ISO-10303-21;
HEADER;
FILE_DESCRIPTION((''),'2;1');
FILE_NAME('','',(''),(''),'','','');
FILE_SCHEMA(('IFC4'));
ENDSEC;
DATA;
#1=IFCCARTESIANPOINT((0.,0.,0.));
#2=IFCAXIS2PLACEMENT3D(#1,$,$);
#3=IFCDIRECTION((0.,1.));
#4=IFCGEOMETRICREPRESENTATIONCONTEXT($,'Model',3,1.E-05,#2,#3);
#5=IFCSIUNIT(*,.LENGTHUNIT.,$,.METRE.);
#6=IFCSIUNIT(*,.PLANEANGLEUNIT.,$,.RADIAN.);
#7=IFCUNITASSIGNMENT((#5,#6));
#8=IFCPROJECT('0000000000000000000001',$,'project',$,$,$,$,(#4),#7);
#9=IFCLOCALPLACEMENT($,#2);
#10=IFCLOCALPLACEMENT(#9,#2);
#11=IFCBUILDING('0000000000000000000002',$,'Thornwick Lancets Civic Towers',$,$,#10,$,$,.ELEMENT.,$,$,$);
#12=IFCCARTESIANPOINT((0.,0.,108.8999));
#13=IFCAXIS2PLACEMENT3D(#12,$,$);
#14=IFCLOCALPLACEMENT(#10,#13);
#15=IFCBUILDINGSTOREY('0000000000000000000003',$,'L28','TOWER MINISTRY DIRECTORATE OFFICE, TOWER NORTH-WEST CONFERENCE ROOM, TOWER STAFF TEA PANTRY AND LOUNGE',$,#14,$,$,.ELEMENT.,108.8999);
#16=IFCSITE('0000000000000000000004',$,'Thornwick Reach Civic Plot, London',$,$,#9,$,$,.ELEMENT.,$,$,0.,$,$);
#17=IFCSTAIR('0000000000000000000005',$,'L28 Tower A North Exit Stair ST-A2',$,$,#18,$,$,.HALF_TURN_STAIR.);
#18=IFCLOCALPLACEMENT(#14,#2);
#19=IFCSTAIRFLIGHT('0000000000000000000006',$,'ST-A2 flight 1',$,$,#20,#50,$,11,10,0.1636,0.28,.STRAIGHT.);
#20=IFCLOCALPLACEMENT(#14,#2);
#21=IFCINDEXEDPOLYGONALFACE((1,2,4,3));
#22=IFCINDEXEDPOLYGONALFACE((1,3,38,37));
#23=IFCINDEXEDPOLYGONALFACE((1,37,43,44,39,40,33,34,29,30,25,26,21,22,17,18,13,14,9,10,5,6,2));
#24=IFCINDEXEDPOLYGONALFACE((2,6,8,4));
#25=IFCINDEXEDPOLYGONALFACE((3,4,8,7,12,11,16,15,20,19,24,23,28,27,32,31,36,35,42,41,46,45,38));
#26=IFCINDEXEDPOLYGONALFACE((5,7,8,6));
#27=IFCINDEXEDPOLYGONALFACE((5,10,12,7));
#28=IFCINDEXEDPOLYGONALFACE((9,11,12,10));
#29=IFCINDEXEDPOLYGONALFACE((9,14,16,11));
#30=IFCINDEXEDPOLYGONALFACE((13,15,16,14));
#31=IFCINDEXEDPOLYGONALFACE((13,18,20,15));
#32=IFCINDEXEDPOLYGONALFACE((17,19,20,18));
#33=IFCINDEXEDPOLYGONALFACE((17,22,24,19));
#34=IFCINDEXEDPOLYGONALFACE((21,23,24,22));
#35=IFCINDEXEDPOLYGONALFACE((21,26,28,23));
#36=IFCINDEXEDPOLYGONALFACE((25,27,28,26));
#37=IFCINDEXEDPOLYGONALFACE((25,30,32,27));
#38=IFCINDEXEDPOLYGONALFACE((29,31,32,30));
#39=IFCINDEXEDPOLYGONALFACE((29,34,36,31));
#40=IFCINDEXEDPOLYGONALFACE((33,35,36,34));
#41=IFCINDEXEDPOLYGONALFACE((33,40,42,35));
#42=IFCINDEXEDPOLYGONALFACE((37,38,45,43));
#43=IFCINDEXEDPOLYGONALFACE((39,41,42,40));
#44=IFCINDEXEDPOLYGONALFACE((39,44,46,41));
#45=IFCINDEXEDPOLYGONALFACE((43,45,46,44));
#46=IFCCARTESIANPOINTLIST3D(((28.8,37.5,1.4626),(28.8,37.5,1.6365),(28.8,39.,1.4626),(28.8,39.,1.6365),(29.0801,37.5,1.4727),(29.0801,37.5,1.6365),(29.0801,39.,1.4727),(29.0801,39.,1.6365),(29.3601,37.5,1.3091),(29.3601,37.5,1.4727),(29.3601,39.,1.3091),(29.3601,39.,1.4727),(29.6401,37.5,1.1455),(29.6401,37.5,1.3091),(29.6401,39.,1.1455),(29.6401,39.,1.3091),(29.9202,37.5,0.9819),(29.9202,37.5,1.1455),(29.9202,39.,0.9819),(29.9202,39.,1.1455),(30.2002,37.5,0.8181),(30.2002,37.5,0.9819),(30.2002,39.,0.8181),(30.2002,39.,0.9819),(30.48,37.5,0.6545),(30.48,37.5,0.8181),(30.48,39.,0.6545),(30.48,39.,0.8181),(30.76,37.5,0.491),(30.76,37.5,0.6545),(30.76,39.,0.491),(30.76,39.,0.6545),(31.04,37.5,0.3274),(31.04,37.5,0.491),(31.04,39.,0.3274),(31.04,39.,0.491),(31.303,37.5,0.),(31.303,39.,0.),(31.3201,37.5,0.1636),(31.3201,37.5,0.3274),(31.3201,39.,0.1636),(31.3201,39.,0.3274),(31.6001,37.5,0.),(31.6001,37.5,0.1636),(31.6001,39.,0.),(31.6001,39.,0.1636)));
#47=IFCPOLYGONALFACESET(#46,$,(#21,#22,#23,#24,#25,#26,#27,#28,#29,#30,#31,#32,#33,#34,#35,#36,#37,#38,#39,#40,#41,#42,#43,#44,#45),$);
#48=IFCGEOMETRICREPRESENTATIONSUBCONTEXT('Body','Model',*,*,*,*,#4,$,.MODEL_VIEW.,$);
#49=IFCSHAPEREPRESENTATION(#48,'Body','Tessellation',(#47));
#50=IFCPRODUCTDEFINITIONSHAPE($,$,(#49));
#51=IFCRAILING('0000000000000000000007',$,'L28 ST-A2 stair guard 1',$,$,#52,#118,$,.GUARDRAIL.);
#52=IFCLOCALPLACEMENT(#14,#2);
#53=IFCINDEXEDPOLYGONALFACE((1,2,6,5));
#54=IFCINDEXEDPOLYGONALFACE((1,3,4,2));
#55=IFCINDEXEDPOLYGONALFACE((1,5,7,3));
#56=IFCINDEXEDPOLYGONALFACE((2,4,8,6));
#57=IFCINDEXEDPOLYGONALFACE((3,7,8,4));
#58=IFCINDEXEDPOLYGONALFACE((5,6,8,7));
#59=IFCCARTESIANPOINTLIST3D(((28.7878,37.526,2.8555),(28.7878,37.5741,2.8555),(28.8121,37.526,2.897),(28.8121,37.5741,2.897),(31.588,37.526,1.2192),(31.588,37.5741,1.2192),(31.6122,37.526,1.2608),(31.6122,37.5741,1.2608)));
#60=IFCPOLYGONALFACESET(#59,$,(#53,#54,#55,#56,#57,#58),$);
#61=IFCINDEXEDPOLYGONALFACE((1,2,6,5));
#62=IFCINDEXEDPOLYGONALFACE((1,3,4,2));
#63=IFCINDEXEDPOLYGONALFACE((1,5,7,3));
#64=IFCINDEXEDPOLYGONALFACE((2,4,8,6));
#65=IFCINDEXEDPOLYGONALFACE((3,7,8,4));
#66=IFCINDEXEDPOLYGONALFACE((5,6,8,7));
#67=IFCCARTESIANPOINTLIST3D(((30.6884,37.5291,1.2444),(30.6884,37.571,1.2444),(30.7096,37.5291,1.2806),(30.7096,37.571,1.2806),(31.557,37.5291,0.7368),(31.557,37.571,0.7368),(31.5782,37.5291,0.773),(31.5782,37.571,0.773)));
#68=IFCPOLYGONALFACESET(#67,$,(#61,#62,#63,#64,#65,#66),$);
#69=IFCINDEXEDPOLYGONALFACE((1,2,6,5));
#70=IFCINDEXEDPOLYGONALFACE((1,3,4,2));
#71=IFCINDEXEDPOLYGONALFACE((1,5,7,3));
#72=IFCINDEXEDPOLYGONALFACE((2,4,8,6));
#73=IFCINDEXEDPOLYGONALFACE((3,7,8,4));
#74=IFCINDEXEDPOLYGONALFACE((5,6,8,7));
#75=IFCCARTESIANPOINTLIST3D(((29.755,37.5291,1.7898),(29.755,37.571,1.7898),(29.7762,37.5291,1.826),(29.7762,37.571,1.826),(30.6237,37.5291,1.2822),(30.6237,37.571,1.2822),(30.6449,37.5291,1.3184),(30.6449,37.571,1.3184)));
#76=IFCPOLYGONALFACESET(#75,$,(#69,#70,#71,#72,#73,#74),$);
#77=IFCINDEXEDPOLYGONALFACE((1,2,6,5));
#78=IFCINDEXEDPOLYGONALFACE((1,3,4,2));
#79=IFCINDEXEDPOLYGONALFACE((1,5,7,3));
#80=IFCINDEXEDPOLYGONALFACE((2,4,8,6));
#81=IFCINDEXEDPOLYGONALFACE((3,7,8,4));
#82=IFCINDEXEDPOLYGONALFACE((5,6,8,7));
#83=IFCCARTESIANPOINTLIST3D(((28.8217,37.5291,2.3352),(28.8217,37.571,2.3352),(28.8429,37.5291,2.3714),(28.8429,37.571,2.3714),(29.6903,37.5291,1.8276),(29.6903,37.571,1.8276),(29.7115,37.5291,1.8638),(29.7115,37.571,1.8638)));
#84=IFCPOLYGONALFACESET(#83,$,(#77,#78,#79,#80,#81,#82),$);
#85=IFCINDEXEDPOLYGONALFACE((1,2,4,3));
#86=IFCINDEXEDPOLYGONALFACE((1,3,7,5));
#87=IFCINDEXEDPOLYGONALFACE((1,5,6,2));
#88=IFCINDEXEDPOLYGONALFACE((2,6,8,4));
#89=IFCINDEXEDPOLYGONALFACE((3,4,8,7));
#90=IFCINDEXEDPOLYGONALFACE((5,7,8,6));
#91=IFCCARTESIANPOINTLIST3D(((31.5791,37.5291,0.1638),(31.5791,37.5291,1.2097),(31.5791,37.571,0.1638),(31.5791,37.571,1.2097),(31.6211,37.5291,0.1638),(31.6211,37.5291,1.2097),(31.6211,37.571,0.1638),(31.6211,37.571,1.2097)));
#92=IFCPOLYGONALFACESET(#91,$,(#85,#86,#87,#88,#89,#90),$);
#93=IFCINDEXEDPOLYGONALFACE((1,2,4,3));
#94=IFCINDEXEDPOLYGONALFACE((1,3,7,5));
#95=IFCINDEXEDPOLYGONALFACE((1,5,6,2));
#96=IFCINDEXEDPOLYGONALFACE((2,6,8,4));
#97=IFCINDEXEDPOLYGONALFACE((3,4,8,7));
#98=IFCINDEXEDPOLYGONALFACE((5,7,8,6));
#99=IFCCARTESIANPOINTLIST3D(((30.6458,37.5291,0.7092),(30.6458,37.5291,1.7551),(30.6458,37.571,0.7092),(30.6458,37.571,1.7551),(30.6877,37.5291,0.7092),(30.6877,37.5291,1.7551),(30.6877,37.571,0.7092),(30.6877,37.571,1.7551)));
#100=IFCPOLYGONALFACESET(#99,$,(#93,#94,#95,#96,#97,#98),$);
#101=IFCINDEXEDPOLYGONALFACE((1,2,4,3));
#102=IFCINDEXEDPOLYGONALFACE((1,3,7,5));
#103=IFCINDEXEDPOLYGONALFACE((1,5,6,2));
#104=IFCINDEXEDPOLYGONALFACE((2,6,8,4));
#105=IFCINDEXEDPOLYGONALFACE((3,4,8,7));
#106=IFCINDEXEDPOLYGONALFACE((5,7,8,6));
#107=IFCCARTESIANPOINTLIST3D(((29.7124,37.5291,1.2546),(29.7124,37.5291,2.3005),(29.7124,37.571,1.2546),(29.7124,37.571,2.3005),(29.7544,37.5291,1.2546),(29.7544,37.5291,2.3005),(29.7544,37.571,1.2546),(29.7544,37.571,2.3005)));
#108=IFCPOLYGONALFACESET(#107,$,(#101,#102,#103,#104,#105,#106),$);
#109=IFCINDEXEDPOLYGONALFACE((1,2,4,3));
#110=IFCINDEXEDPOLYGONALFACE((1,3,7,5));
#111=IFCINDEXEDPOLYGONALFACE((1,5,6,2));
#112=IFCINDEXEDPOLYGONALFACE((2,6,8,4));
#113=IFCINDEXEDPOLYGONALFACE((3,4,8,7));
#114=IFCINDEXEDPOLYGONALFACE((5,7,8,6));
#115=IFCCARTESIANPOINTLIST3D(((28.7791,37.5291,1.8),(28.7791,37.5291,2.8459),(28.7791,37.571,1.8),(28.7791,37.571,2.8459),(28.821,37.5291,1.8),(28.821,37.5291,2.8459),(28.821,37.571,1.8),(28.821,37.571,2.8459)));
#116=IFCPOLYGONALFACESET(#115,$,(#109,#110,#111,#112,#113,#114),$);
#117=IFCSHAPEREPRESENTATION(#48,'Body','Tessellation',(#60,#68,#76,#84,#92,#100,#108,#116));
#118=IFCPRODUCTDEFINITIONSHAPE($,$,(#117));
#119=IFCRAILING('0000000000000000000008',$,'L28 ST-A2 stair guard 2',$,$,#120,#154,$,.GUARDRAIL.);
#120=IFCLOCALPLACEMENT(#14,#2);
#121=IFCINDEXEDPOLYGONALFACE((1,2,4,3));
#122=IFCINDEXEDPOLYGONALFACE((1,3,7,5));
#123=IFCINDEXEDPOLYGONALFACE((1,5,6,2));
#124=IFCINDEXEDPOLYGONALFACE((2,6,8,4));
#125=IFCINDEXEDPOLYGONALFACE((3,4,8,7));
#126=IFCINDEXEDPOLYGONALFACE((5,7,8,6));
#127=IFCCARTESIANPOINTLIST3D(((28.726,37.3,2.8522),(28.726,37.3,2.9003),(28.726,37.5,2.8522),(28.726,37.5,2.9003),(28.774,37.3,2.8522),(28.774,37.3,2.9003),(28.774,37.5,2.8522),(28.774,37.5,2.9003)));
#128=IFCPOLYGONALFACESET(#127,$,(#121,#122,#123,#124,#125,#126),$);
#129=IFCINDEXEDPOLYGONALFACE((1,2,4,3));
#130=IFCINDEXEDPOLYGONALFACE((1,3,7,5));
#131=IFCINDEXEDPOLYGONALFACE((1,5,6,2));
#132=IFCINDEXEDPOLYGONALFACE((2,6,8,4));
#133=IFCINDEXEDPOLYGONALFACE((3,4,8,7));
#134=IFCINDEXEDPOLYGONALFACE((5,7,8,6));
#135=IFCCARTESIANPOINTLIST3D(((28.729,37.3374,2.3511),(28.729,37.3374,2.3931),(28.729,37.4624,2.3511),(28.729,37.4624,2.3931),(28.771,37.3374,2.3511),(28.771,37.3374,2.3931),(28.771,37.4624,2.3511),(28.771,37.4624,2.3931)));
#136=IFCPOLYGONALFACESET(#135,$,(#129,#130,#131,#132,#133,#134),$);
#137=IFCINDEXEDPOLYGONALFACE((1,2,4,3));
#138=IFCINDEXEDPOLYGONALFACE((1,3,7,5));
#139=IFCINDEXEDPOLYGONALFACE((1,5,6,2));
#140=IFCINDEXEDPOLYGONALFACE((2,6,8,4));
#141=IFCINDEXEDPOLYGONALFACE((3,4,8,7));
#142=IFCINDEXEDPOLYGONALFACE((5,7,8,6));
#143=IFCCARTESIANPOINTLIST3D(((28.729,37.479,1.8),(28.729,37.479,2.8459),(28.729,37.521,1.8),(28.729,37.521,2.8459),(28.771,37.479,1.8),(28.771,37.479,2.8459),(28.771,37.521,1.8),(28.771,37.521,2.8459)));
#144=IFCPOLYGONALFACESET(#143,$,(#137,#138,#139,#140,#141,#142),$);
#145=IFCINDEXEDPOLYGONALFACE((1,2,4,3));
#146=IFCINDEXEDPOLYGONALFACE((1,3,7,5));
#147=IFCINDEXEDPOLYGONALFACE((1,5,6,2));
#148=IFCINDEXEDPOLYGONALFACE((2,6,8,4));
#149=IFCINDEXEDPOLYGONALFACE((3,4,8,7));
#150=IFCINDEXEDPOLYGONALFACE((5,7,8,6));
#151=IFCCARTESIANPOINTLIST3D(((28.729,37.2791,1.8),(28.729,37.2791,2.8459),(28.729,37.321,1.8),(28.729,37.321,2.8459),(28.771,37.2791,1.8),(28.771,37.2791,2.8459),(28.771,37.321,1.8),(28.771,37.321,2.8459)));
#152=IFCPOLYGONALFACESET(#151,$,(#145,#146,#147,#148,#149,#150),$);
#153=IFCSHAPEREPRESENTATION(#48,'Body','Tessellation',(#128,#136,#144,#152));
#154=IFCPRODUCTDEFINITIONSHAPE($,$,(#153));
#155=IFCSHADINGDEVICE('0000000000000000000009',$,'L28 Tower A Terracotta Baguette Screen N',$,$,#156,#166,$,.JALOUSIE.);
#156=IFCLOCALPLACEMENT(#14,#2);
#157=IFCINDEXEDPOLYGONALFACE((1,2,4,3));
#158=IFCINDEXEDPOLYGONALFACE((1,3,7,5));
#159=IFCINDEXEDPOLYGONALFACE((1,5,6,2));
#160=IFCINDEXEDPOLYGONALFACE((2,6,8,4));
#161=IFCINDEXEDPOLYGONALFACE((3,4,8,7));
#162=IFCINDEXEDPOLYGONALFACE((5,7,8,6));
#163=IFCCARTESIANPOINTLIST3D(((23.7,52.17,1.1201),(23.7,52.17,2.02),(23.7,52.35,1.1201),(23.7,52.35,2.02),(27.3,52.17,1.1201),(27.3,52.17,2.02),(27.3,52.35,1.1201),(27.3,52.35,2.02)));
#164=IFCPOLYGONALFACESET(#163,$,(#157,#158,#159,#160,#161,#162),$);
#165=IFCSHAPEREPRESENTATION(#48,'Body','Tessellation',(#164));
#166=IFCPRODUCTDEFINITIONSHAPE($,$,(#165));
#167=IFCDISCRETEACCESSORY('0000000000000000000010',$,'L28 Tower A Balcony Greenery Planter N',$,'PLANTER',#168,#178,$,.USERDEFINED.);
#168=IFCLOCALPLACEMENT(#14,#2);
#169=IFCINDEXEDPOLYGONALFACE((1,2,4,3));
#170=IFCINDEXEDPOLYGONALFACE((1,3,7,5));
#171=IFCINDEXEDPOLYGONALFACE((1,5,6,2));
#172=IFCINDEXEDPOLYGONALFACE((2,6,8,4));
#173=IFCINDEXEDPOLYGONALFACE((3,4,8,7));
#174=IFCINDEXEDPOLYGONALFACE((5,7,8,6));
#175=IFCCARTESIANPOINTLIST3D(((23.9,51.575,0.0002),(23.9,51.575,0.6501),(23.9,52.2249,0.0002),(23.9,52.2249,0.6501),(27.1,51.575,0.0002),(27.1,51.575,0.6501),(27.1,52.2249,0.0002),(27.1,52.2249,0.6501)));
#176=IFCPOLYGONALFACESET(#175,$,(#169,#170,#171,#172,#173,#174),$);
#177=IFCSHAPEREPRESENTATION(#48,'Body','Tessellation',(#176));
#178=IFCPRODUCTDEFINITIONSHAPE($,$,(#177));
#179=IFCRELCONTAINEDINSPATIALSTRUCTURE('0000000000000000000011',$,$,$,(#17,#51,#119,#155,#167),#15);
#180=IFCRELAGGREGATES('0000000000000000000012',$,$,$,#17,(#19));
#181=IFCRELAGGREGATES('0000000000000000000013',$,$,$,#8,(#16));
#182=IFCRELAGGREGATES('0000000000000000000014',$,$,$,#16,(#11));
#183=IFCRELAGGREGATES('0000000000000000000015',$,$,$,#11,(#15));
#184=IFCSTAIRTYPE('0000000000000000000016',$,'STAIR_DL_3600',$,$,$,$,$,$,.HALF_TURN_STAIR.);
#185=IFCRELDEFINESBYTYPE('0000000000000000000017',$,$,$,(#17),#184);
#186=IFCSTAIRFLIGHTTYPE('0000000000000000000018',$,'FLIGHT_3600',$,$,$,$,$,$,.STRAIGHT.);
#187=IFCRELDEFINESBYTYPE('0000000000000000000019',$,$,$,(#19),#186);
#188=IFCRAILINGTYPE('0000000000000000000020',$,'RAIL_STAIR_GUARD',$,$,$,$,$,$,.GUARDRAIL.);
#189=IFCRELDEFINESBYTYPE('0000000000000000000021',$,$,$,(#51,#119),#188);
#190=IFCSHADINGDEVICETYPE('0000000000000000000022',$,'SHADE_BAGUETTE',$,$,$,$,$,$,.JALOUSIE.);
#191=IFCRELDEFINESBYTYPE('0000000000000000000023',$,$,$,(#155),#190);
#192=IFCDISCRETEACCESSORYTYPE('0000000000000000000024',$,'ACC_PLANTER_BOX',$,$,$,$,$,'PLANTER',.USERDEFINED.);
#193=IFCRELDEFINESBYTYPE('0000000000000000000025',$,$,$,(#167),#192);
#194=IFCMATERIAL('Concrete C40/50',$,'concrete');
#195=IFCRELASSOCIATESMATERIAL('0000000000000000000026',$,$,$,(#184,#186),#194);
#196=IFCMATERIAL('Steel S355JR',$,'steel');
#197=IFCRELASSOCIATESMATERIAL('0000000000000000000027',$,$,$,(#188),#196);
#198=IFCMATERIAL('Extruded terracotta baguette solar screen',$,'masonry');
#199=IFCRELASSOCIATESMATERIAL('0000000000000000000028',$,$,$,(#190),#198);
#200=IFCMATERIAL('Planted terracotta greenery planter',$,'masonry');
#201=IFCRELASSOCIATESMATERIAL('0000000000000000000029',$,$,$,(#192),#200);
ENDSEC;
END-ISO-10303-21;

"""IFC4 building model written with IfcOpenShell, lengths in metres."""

from ifc_helpers import new_model, si_unit, direction, frame, origin, origin_2d, place, context, subcontext, project, spatial, polyline, rectangle, outline, extrude, material, type_object, element, aggregate, save


model = new_model("IFC4")

# Units and contexts
model_context = context("Model", 3, precision=1e-05, world=origin(), true_north=direction((0.0, 1.0)))
body_context = subcontext(model_context, "Body", "Model", "MODEL_VIEW")
ifc_project = project(units=[si_unit("LENGTHUNIT", "METRE"), si_unit("PLANEANGLEUNIT", "RADIAN")], contexts=[model_context])

# Site, building, storey
site_placement = place(None, origin())
site = spatial("IfcSite", under=ifc_project, at=site_placement, Name="Thornwick Reach Civic Plot, London", CompositionType="ELEMENT", RefElevation=0.0)
building_placement = place(site_placement, origin())
building = spatial("IfcBuilding", under=site, at=building_placement, Name="Thornwick Lancets Civic Towers", CompositionType="ELEMENT")
storey_placement = place(building_placement, frame((0.0, 0.0, 108.8999)))
storey = spatial("IfcBuildingStorey", under=building, at=storey_placement, Name="L28", Description="TOWER MINISTRY DIRECTORATE OFFICE, TOWER NORTH-WEST CONFERENCE ROOM, TOWER STAFF TEA PANTRY AND LOUNGE", CompositionType="ELEMENT", Elevation=108.8999)

# Shared definitions
ifc_material_1 = material(Name="Steel S355JR", Category="steel")
ifc_material_2 = material(Name="Concrete C40/50", Category="concrete")

# Stair, stair flight
stair_type = type_object("IfcStairType", Name="STAIR_DL_3600", PredefinedType="HALF_TURN_STAIR", material=ifc_material_2)
stair_placement = place(storey_placement, origin())
stair = element("IfcStair", 1, at=stair_placement, inside=storey, type_object=stair_type, Name="L28 Tower A North Exit Stair ST-A2", PredefinedType="HALF_TURN_STAIR")
stair_flight_type = type_object("IfcStairFlightType", Name="FLIGHT_3600", PredefinedType="STRAIGHT", material=ifc_material_2)
stair_flight_placement = place(storey_placement, frame((31.6001, 38.25, 0.0), z_axis=(0.0, 0.0, 1.0), x_axis=(-1.0, 0.0, 0.0)))
stair_flight = element("IfcStairFlight", 2, at=stair_flight_placement, type_object=stair_flight_type, Name="ST-A2 flight 1", NumberOfRisers=11, NumberOfTreads=10, PredefinedType="STRAIGHT", RiserHeight=0.1636, TreadLength=0.28, context=body_context, shape_type="SweptSolid", body=[
    extrude(outline(polyline([(0.0, 0.0), (0.0, 0.1636), (0.28, 0.1636), (0.28, 0.3274), (0.5601, 0.3274), (0.5601, 0.491), (0.8401, 0.491), (0.8401, 0.6545), (1.1201, 0.6545), (1.1201, 0.8181), (1.3999, 0.8181), (1.3999, 0.9819), (1.6799, 0.9819), (1.6799, 1.1455), (1.96, 1.1455), (1.96, 1.3091), (2.24, 1.3091), (2.24, 1.4727), (2.52, 1.4727), (2.52, 1.6365), (2.8, 1.6365), (2.8, 1.8), (2.8, 1.4626), (0.2971, 0.0), (0.0, 0.0)])), frame((0.0, 0.75, 0.0), z_axis=(0.0, -1.0, 0.0), x_axis=(1.0, 0.0, 0.0)), (0.0, 0.0, 1.0), 1.5),
])
aggregate(stair, [stair_flight])

# Railings
railing_type = type_object("IfcRailingType", Name="RAIL_STAIR_GUARD", PredefinedType="GUARDRAIL", material=ifc_material_1)
railing_1_placement = place(storey_placement, frame((31.6001, 37.55, 0.1638)))
element("IfcRailing", 3, at=railing_1_placement, inside=storey, type_object=railing_type, Name="L28 ST-A2 stair guard 1", PredefinedType="GUARDRAIL", context=body_context, shape_type="SweptSolid", body=[
    extrude(rectangle(XDim=0.0481, YDim=0.0481, at=origin_2d()), frame((0.0, 0.0, 1.0762), z_axis=(-0.863394, 0.0, 0.504531), x_axis=(0.0, -1.0, 0.0)), (0.0, 0.0, 1.0), 3.2432),
    extrude(rectangle(XDim=0.042, YDim=0.042, at=origin_2d()), frame((-0.0325, 0.0, 0.5911), z_axis=(-0.863394, 0.0, 0.504531), x_axis=(0.0, -1.0, 0.0)), (0.0, 0.0, 1.0), 1.0061),
    extrude(rectangle(XDim=0.042, YDim=0.042, at=origin_2d()), frame((-0.9658, 0.0, 1.1365), z_axis=(-0.863394, 0.0, 0.504531), x_axis=(0.0, -1.0, 0.0)), (0.0, 0.0, 1.0), 1.0061),
    extrude(rectangle(XDim=0.042, YDim=0.042, at=origin_2d()), frame((-1.8992, 0.0, 1.6819), z_axis=(-0.863394, 0.0, 0.504531), x_axis=(0.0, -1.0, 0.0)), (0.0, 0.0, 1.0), 1.0061),
    extrude(rectangle(XDim=0.042, YDim=0.042, at=origin_2d()), origin(), (0.0, 0.0, 1.0), 1.0459),
    extrude(rectangle(XDim=0.042, YDim=0.042, at=origin_2d()), frame((-0.9333, 0.0, 0.5454)), (0.0, 0.0, 1.0), 1.0459),
    extrude(rectangle(XDim=0.042, YDim=0.042, at=origin_2d()), frame((-1.8667, 0.0, 1.0908)), (0.0, 0.0, 1.0), 1.0459),
    extrude(rectangle(XDim=0.042, YDim=0.042, at=origin_2d()), frame((-2.8, 0.0, 1.6362)), (0.0, 0.0, 1.0), 1.0459),
])
railing_2_placement = place(storey_placement, frame((28.75, 37.5, 1.8)))
element("IfcRailing", 4, at=railing_2_placement, inside=storey, type_object=railing_type, Name="L28 ST-A2 stair guard 2", PredefinedType="GUARDRAIL", context=body_context, shape_type="SweptSolid", body=[
    extrude(rectangle(XDim=0.0481, YDim=0.0481, at=origin_2d()), frame((0.0, 0.0, 1.0762), z_axis=(0.0, -1.0, 0.0), x_axis=(1.0, 0.0, 0.0)), (0.0, 0.0, 1.0), 0.2),
    extrude(rectangle(XDim=0.042, YDim=0.042, at=origin_2d()), frame((0.0, -0.0376, 0.572), z_axis=(0.0, -1.0, 0.0), x_axis=(1.0, 0.0, 0.0)), (0.0, 0.0, 1.0), 0.125),
    extrude(rectangle(XDim=0.042, YDim=0.042, at=origin_2d()), origin(), (0.0, 0.0, 1.0), 1.0459),
    extrude(rectangle(XDim=0.042, YDim=0.042, at=origin_2d()), frame((0.0, -0.2, 0.0)), (0.0, 0.0, 1.0), 1.0459),
])

# Shading device
ifc_material_3 = material(Name="Extruded terracotta baguette solar screen", Category="masonry")
shading_device_type = type_object("IfcShadingDeviceType", Name="SHADE_BAGUETTE", PredefinedType="JALOUSIE", material=ifc_material_3)
shading_device_placement = place(storey_placement, frame((25.5, 52.26, 1.1201), z_axis=(0.0, 0.0, 1.0), x_axis=(1.0, 0.0, 0.0)))
element("IfcShadingDevice", 5, at=shading_device_placement, inside=storey, type_object=shading_device_type, Name="L28 Tower A Terracotta Baguette Screen N", PredefinedType="JALOUSIE", context=body_context, shape_type="SweptSolid", body=[
    extrude(rectangle(XDim=3.6001, YDim=0.1799, at=origin_2d()), origin(), (0.0, 0.0, 1.0), 0.8999),
])

# Discrete accessory
ifc_material_4 = material(Name="Planted terracotta greenery planter", Category="masonry")
discrete_accessory_type = type_object("IfcDiscreteAccessoryType", Name="ACC_PLANTER_BOX", ElementType="PLANTER", PredefinedType="USERDEFINED", material=ifc_material_4)
discrete_accessory_placement = place(storey_placement, frame((25.5, 51.8999, 0.0002), z_axis=(0.0, 0.0, 1.0), x_axis=(1.0, 0.0, 0.0)))
element("IfcDiscreteAccessory", 6, at=discrete_accessory_placement, inside=storey, type_object=discrete_accessory_type, Name="L28 Tower A Balcony Greenery Planter N", ObjectType="PLANTER", PredefinedType="USERDEFINED", context=body_context, shape_type="SweptSolid", body=[
    extrude(rectangle(XDim=3.2, YDim=0.6499, at=origin_2d()), origin(), (0.0, 0.0, 1.0), 0.6499),
])

save(model, "model.ifc")
